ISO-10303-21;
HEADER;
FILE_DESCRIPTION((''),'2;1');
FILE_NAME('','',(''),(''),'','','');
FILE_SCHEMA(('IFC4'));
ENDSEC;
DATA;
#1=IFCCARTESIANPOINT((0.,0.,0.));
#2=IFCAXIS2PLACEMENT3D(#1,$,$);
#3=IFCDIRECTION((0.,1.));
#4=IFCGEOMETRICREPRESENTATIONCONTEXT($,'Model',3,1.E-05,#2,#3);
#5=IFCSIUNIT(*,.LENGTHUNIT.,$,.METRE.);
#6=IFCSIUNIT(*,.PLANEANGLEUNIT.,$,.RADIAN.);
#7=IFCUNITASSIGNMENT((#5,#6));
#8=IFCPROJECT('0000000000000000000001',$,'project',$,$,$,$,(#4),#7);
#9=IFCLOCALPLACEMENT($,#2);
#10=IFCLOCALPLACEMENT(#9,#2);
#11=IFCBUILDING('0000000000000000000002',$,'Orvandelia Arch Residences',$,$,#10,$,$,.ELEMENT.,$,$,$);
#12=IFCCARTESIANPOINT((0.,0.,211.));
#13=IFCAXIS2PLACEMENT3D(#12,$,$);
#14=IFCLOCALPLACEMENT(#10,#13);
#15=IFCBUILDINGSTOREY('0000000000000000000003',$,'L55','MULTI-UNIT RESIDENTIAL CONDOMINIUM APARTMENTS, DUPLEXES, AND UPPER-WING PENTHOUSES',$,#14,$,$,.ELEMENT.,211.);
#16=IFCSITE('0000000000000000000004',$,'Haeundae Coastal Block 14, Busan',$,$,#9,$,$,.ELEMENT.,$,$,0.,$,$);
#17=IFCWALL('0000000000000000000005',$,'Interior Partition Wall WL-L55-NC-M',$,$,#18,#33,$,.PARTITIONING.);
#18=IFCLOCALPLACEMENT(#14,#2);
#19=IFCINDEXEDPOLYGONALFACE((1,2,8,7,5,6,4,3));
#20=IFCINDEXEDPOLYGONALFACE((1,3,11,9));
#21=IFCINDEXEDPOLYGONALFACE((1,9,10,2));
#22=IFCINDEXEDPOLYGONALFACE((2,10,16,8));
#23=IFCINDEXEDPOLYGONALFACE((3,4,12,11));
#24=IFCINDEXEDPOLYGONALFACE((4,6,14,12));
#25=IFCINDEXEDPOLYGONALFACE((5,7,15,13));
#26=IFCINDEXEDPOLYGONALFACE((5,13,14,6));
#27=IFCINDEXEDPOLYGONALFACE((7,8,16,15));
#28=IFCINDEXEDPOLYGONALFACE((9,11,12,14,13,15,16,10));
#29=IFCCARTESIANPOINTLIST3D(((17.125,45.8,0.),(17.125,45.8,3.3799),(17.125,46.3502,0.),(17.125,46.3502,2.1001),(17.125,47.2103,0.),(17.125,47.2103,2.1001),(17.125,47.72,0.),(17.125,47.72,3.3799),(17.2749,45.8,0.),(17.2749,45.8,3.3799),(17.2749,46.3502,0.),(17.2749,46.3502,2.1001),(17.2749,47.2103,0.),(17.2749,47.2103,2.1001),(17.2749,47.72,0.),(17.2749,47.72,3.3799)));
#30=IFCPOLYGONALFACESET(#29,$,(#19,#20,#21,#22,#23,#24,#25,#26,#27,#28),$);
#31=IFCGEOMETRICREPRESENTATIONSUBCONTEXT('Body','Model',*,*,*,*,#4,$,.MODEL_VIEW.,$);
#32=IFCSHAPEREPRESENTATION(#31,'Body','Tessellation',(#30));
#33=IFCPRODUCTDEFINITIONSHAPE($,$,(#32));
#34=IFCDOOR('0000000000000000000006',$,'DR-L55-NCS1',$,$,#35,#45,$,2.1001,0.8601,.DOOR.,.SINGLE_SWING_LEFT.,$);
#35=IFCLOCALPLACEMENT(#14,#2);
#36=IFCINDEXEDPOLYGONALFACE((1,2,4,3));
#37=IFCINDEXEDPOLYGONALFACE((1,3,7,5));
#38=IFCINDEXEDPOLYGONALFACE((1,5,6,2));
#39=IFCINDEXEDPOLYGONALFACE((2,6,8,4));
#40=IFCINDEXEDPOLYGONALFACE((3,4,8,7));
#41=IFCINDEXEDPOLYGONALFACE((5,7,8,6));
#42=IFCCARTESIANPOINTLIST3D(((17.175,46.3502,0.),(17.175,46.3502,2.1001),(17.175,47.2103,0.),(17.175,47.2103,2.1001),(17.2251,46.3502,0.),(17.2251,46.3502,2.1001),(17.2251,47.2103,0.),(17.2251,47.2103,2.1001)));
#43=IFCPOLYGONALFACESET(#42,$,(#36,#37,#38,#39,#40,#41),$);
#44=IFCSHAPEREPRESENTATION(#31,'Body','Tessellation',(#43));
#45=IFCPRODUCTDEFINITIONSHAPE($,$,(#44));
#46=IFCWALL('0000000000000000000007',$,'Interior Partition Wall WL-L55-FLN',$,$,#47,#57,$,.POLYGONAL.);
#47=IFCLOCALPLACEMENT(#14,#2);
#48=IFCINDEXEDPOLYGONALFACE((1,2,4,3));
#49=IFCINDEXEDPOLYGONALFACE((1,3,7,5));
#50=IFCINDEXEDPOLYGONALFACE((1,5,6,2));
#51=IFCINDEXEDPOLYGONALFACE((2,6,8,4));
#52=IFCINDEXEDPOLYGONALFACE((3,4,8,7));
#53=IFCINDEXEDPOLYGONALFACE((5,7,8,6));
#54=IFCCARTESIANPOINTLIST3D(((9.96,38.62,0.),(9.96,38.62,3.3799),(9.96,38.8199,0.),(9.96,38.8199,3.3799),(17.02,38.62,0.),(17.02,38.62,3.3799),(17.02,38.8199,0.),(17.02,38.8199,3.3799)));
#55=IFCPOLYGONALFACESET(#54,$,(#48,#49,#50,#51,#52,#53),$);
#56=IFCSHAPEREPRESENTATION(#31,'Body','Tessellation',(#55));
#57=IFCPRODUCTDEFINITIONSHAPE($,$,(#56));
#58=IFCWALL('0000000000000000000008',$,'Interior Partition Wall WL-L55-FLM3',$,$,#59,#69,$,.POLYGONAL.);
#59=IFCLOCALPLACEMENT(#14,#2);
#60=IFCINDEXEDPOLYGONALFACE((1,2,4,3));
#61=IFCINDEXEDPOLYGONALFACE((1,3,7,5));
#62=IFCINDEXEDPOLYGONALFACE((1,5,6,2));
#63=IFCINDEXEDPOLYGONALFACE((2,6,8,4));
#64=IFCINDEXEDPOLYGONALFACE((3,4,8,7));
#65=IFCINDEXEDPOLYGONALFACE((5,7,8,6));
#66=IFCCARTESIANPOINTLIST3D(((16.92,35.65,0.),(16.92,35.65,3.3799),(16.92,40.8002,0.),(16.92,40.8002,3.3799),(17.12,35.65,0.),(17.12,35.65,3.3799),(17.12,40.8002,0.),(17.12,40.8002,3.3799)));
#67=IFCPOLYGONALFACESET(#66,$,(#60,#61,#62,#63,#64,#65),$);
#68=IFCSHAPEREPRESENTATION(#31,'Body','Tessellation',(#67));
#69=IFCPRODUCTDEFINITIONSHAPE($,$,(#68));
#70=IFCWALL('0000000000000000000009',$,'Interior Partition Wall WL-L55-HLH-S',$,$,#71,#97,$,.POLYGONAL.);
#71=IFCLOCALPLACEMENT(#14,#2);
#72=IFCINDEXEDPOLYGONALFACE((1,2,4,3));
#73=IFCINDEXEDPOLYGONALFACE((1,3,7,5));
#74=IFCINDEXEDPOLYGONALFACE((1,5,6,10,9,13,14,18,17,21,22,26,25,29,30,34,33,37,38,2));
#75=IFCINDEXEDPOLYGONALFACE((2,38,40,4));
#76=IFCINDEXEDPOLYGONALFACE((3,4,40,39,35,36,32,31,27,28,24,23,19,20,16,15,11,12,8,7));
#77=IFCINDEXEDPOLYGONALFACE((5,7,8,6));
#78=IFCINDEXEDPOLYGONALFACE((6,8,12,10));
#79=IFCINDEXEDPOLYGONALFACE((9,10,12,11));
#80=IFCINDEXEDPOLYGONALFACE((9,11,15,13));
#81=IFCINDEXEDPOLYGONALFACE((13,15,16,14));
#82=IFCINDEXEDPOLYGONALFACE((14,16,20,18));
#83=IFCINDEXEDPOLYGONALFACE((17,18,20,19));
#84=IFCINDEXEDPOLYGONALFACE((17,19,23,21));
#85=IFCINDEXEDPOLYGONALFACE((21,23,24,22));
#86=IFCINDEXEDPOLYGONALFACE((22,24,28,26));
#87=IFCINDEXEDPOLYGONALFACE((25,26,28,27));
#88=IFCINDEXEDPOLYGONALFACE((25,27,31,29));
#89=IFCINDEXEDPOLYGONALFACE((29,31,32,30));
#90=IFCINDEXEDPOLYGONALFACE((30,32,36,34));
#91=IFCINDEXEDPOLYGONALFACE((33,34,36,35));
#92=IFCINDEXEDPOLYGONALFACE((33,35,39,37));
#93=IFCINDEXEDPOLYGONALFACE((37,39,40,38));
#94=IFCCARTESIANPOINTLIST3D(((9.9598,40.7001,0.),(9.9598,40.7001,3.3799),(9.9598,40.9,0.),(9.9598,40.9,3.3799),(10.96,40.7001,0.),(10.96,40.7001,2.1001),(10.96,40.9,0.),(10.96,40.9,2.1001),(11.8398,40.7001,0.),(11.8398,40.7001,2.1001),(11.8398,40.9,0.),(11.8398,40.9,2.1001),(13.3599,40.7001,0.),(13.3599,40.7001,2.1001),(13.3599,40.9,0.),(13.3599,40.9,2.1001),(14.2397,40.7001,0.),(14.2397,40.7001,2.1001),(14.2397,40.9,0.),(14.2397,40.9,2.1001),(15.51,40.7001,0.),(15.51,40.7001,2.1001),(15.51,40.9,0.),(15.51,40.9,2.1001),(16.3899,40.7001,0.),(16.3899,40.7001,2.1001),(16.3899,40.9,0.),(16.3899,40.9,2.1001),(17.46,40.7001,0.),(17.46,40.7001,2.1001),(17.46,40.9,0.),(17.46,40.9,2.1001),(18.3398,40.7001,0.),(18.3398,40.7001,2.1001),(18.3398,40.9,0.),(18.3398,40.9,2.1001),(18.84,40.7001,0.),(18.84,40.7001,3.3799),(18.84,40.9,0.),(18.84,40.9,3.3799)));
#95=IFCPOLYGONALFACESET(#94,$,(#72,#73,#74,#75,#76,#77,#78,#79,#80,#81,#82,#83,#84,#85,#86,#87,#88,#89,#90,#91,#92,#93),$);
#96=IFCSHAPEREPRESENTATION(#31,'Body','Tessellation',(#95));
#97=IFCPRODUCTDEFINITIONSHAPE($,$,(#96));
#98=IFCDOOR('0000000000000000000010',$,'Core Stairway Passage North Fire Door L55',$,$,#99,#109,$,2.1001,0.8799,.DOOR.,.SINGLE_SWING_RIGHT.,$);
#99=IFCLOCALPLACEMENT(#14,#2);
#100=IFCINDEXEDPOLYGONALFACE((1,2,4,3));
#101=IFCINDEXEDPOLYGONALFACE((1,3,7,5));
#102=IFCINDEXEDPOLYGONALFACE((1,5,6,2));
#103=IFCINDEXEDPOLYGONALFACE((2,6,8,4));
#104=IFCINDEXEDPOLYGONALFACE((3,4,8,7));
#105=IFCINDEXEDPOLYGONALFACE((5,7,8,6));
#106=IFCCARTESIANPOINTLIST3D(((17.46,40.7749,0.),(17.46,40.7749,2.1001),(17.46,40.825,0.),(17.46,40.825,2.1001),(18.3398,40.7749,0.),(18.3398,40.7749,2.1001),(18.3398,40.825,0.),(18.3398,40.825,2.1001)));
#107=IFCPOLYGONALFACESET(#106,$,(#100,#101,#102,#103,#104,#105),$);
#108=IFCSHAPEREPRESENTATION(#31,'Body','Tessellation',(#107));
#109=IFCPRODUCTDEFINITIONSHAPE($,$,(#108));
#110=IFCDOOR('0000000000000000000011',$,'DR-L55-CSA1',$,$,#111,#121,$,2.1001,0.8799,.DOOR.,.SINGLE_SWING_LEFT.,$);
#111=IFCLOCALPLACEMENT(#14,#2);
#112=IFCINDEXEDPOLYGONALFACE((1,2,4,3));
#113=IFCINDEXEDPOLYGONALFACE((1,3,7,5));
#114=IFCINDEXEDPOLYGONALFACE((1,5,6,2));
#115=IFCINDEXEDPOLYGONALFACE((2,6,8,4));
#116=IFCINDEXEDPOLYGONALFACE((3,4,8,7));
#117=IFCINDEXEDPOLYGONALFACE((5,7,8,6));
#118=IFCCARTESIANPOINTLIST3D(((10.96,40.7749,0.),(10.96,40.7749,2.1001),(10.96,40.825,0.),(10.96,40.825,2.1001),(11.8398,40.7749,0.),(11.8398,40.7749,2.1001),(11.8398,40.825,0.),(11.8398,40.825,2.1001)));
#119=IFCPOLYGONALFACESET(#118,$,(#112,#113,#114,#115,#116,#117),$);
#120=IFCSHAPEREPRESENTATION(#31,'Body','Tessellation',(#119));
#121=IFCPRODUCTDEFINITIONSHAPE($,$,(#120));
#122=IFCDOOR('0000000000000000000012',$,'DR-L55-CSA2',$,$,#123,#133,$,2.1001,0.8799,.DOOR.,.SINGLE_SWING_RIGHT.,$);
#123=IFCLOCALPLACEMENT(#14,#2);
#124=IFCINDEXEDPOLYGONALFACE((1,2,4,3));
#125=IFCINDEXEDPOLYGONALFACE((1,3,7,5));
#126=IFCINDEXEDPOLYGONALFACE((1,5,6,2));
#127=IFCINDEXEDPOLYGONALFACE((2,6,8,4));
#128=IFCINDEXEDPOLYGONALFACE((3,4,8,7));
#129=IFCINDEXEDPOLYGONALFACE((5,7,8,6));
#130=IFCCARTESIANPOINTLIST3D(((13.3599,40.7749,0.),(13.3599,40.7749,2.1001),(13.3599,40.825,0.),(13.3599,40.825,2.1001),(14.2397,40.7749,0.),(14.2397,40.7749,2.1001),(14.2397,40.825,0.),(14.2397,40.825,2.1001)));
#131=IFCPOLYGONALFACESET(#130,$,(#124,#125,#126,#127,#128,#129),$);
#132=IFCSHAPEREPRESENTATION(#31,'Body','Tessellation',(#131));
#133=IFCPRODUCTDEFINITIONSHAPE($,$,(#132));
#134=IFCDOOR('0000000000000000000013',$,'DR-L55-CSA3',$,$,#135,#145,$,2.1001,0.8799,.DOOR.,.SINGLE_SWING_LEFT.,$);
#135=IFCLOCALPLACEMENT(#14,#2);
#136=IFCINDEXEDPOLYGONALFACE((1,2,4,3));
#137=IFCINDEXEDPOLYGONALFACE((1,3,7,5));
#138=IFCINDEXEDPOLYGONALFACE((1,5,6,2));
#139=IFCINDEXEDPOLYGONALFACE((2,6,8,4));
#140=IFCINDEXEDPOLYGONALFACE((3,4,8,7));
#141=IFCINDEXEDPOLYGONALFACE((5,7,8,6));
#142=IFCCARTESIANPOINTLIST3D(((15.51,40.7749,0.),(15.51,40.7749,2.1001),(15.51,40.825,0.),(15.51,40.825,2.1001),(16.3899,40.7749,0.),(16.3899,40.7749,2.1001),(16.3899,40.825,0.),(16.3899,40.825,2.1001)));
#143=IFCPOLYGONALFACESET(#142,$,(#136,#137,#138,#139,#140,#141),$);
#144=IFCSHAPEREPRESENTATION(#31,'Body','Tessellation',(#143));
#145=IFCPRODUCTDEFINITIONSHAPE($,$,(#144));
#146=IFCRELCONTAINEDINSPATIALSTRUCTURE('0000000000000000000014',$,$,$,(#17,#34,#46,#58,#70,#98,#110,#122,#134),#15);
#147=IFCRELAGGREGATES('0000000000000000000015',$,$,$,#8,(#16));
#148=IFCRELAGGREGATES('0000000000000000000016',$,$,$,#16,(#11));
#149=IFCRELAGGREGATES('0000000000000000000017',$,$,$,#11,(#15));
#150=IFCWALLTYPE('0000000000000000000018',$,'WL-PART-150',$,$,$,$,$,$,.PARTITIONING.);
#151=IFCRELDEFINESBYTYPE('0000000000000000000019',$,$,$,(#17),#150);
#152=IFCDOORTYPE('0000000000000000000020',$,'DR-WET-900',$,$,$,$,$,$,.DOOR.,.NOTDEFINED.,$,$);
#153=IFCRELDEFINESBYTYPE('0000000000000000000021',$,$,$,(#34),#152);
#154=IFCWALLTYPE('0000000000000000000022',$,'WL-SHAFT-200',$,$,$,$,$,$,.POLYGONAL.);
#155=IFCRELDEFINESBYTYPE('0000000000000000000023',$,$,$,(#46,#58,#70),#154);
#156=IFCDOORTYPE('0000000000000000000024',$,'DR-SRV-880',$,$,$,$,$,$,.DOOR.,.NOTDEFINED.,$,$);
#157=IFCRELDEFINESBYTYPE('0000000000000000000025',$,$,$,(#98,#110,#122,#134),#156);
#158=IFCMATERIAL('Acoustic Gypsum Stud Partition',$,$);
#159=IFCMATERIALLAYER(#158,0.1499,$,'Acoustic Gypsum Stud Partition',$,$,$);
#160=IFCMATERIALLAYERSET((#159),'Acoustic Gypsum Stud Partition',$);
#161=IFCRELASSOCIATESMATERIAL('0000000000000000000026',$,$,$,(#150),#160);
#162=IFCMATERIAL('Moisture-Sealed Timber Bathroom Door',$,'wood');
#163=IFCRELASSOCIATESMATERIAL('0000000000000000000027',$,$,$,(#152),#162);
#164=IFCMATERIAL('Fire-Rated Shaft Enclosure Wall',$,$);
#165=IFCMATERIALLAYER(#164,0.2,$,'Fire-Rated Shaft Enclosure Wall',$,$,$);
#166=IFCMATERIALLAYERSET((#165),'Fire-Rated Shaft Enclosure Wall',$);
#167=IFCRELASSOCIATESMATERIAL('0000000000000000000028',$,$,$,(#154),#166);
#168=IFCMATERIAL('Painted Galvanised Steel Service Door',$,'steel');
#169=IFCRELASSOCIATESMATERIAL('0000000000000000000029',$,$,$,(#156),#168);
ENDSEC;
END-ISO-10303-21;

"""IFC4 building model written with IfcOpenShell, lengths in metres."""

from ifc_helpers import new_model, si_unit, direction, frame, frame_2d, origin, place, context, subcontext, project, spatial, rectangle, extrude, material, layer, layer_set, type_object, element, fill, save


model = new_model("IFC4")

# Units and contexts
model_context = context("Model", 3, precision=1e-05, world=origin(), true_north=direction((0.0, 1.0)))
body_context = subcontext(model_context, "Body", "Model", "MODEL_VIEW")
ifc_project = project(units=[si_unit("LENGTHUNIT", "METRE"), si_unit("PLANEANGLEUNIT", "RADIAN")], contexts=[model_context])

# Site, building, storey
site_placement = place(None, origin())
site = spatial("IfcSite", under=ifc_project, at=site_placement, Name="Haeundae Coastal Block 14, Busan", CompositionType="ELEMENT", RefElevation=0.0)
building_placement = place(site_placement, origin())
building = spatial("IfcBuilding", under=site, at=building_placement, Name="Orvandelia Arch Residences", CompositionType="ELEMENT")
storey_placement = place(building_placement, frame((0.0, 0.0, 211.0)))
storey = spatial("IfcBuildingStorey", under=building, at=storey_placement, Name="L55", Description="MULTI-UNIT RESIDENTIAL CONDOMINIUM APARTMENTS, DUPLEXES, AND UPPER-WING PENTHOUSES", CompositionType="ELEMENT", Elevation=211.0)

# Shared definitions
ifc_material_1 = material(Name="Acoustic Gypsum Stud Partition")
ifc_layer_1 = layer(ifc_material_1, 0.1499, Name="Acoustic Gypsum Stud Partition")
ifc_layer_set_1 = layer_set([ifc_layer_1], Name="Acoustic Gypsum Stud Partition")
wall_type_1 = type_object("IfcWallType", Name="WL-PART-150", PredefinedType="PARTITIONING", material=ifc_layer_set_1)

# Wall, opening, door
wall_1_placement = place(storey_placement, frame((17.2, 45.8, 0.0), z_axis=(0.0, 0.0, 1.0), x_axis=(0.0, 1.0, 0.0)))
wall_1 = element("IfcWall", 1, at=wall_1_placement, inside=storey, type_object=wall_type_1, Name="Interior Partition Wall WL-L55-NC-M", PredefinedType="PARTITIONING", context=body_context, shape_type="SweptSolid", body=[
    extrude(rectangle(XDim=1.9199, YDim=0.1499, at=frame_2d((0.96, 0.0))), origin(), (0.0, 0.0, 1.0), 3.3799),
])
opening_1_placement = place(wall_1_placement, frame((0.55, 0.0, 0.0)))
opening_1 = element("IfcOpeningElement", 2, at=opening_1_placement, cuts=wall_1, PredefinedType="OPENING", context=body_context, shape_type="SweptSolid", body=[
    extrude(rectangle(XDim=0.8601, YDim=2.1001, at=frame_2d((0.4302, 1.05))), frame((0.0, 0.085, 0.0), z_axis=(0.0, -1.0, 0.0), x_axis=(1.0, 0.0, 0.0)), (0.0, 0.0, 1.0), 0.1699),
])
ifc_material_2 = material(Name="Moisture-Sealed Timber Bathroom Door", Category="wood")
door_type_1 = type_object("IfcDoorType", Name="DR-WET-900", OperationType="NOTDEFINED", PredefinedType="DOOR", material=ifc_material_2)
door_1_placement = place(opening_1_placement, origin())
door_1 = element("IfcDoor", 3, at=door_1_placement, inside=storey, type_object=door_type_1, Name="DR-L55-NCS1", OperationType="SINGLE_SWING_LEFT", OverallHeight=2.1001, OverallWidth=0.8601, PredefinedType="DOOR", context=body_context, shape_type="SweptSolid", body=[
    extrude(rectangle(XDim=0.8601, YDim=2.1001, at=frame_2d((0.4302, 1.05))), frame((0.0, 0.0249, 0.0), z_axis=(0.0, -1.0, 0.0), x_axis=(1.0, 0.0, 0.0)), (0.0, 0.0, 1.0), 0.05),
])
fill(opening_1, door_1)

# Walls
ifc_material_3 = material(Name="Fire-Rated Shaft Enclosure Wall")
ifc_layer_2 = layer(ifc_material_3, 0.2, Name="Fire-Rated Shaft Enclosure Wall")
ifc_layer_set_2 = layer_set([ifc_layer_2], Name="Fire-Rated Shaft Enclosure Wall")
wall_type_2 = type_object("IfcWallType", Name="WL-SHAFT-200", PredefinedType="POLYGONAL", material=ifc_layer_set_2)
wall_2_placement = place(storey_placement, frame((9.96, 38.72, 0.0), z_axis=(0.0, 0.0, 1.0), x_axis=(1.0, 0.0, 0.0)))
element("IfcWall", 4, at=wall_2_placement, inside=storey, type_object=wall_type_2, Name="Interior Partition Wall WL-L55-FLN", PredefinedType="POLYGONAL", context=body_context, shape_type="SweptSolid", body=[
    extrude(rectangle(XDim=7.0601, YDim=0.2, at=frame_2d((3.53, 0.0))), origin(), (0.0, 0.0, 1.0), 3.3799),
])
wall_3_placement = place(storey_placement, frame((17.02, 35.6499, 0.0), z_axis=(0.0, 0.0, 1.0), x_axis=(0.0, 1.0, 0.0)))
element("IfcWall", 5, at=wall_3_placement, inside=storey, type_object=wall_type_2, Name="Interior Partition Wall WL-L55-FLM3", PredefinedType="POLYGONAL", context=body_context, shape_type="SweptSolid", body=[
    extrude(rectangle(XDim=5.1501, YDim=0.2, at=frame_2d((2.5752, 0.0))), origin(), (0.0, 0.0, 1.0), 3.3799),
])

# Wall, openings, doors
wall_4_placement = place(storey_placement, frame((9.96, 40.8, 0.0), z_axis=(0.0, 0.0, 1.0), x_axis=(1.0, 0.0, 0.0)))
wall_4 = element("IfcWall", 6, at=wall_4_placement, inside=storey, type_object=wall_type_2, Name="Interior Partition Wall WL-L55-HLH-S", PredefinedType="POLYGONAL", context=body_context, shape_type="SweptSolid", body=[
    extrude(rectangle(XDim=8.8801, YDim=0.2, at=frame_2d((4.4399, 0.0))), origin(), (0.0, 0.0, 1.0), 3.3799),
])
opening_2_placement = place(wall_4_placement, frame((7.5, 0.0, 0.0)))
opening_2 = element("IfcOpeningElement", 7, at=opening_2_placement, cuts=wall_4, PredefinedType="OPENING", context=body_context, shape_type="SweptSolid", body=[
    extrude(rectangle(XDim=0.8799, YDim=2.1001, at=frame_2d((0.4399, 1.05))), frame((0.0, 0.1099, 0.0), z_axis=(0.0, -1.0, 0.0), x_axis=(1.0, 0.0, 0.0)), (0.0, 0.0, 1.0), 0.22),
])
opening_3_placement = place(wall_4_placement, frame((1.0, 0.0, 0.0)))
opening_3 = element("IfcOpeningElement", 8, at=opening_3_placement, cuts=wall_4, PredefinedType="OPENING", context=body_context, shape_type="SweptSolid", body=[
    extrude(rectangle(XDim=0.8799, YDim=2.1001, at=frame_2d((0.4399, 1.05))), frame((0.0, 0.1099, 0.0), z_axis=(0.0, -1.0, 0.0), x_axis=(1.0, 0.0, 0.0)), (0.0, 0.0, 1.0), 0.22),
])
opening_4_placement = place(wall_4_placement, frame((3.3999, 0.0, 0.0)))
opening_4 = element("IfcOpeningElement", 9, at=opening_4_placement, cuts=wall_4, PredefinedType="OPENING", context=body_context, shape_type="SweptSolid", body=[
    extrude(rectangle(XDim=0.8799, YDim=2.1001, at=frame_2d((0.4399, 1.05))), frame((0.0, 0.1099, 0.0), z_axis=(0.0, -1.0, 0.0), x_axis=(1.0, 0.0, 0.0)), (0.0, 0.0, 1.0), 0.22),
])
opening_5_placement = place(wall_4_placement, frame((5.55, 0.0, 0.0)))
opening_5 = element("IfcOpeningElement", 10, at=opening_5_placement, cuts=wall_4, PredefinedType="OPENING", context=body_context, shape_type="SweptSolid", body=[
    extrude(rectangle(XDim=0.8799, YDim=2.1001, at=frame_2d((0.4399, 1.05))), frame((0.0, 0.1099, 0.0), z_axis=(0.0, -1.0, 0.0), x_axis=(1.0, 0.0, 0.0)), (0.0, 0.0, 1.0), 0.22),
])
ifc_material_4 = material(Name="Painted Galvanised Steel Service Door", Category="steel")
door_type_2 = type_object("IfcDoorType", Name="DR-SRV-880", OperationType="NOTDEFINED", PredefinedType="DOOR", material=ifc_material_4)
door_2_placement = place(opening_2_placement, origin())
door_2 = element("IfcDoor", 11, at=door_2_placement, inside=storey, type_object=door_type_2, Name="Core Stairway Passage North Fire Door L55", OperationType="SINGLE_SWING_RIGHT", OverallHeight=2.1001, OverallWidth=0.8799, PredefinedType="DOOR", context=body_context, shape_type="SweptSolid", body=[
    extrude(rectangle(XDim=0.8799, YDim=2.1001, at=frame_2d((0.4399, 1.05))), frame((0.0, 0.0249, 0.0), z_axis=(0.0, -1.0, 0.0), x_axis=(1.0, 0.0, 0.0)), (0.0, 0.0, 1.0), 0.05),
])
fill(opening_2, door_2)
door_3_placement = place(opening_3_placement, origin())
door_3 = element("IfcDoor", 12, at=door_3_placement, inside=storey, type_object=door_type_2, Name="DR-L55-CSA1", OperationType="SINGLE_SWING_LEFT", OverallHeight=2.1001, OverallWidth=0.8799, PredefinedType="DOOR", context=body_context, shape_type="SweptSolid", body=[
    extrude(rectangle(XDim=0.8799, YDim=2.1001, at=frame_2d((0.4399, 1.05))), frame((0.0, 0.0249, 0.0), z_axis=(0.0, -1.0, 0.0), x_axis=(1.0, 0.0, 0.0)), (0.0, 0.0, 1.0), 0.05),
])
fill(opening_3, door_3)
door_4_placement = place(opening_4_placement, origin())
door_4 = element("IfcDoor", 13, at=door_4_placement, inside=storey, type_object=door_type_2, Name="DR-L55-CSA2", OperationType="SINGLE_SWING_RIGHT", OverallHeight=2.1001, OverallWidth=0.8799, PredefinedType="DOOR", context=body_context, shape_type="SweptSolid", body=[
    extrude(rectangle(XDim=0.8799, YDim=2.1001, at=frame_2d((0.4399, 1.05))), frame((0.0, 0.0249, 0.0), z_axis=(0.0, -1.0, 0.0), x_axis=(1.0, 0.0, 0.0)), (0.0, 0.0, 1.0), 0.05),
])
fill(opening_4, door_4)
door_5_placement = place(opening_5_placement, origin())
door_5 = element("IfcDoor", 14, at=door_5_placement, inside=storey, type_object=door_type_2, Name="DR-L55-CSA3", OperationType="SINGLE_SWING_LEFT", OverallHeight=2.1001, OverallWidth=0.8799, PredefinedType="DOOR", context=body_context, shape_type="SweptSolid", body=[
    extrude(rectangle(XDim=0.8799, YDim=2.1001, at=frame_2d((0.4399, 1.05))), frame((0.0, 0.0249, 0.0), z_axis=(0.0, -1.0, 0.0), x_axis=(1.0, 0.0, 0.0)), (0.0, 0.0, 1.0), 0.05),
])
fill(opening_5, door_5)

save(model, "model.ifc")
